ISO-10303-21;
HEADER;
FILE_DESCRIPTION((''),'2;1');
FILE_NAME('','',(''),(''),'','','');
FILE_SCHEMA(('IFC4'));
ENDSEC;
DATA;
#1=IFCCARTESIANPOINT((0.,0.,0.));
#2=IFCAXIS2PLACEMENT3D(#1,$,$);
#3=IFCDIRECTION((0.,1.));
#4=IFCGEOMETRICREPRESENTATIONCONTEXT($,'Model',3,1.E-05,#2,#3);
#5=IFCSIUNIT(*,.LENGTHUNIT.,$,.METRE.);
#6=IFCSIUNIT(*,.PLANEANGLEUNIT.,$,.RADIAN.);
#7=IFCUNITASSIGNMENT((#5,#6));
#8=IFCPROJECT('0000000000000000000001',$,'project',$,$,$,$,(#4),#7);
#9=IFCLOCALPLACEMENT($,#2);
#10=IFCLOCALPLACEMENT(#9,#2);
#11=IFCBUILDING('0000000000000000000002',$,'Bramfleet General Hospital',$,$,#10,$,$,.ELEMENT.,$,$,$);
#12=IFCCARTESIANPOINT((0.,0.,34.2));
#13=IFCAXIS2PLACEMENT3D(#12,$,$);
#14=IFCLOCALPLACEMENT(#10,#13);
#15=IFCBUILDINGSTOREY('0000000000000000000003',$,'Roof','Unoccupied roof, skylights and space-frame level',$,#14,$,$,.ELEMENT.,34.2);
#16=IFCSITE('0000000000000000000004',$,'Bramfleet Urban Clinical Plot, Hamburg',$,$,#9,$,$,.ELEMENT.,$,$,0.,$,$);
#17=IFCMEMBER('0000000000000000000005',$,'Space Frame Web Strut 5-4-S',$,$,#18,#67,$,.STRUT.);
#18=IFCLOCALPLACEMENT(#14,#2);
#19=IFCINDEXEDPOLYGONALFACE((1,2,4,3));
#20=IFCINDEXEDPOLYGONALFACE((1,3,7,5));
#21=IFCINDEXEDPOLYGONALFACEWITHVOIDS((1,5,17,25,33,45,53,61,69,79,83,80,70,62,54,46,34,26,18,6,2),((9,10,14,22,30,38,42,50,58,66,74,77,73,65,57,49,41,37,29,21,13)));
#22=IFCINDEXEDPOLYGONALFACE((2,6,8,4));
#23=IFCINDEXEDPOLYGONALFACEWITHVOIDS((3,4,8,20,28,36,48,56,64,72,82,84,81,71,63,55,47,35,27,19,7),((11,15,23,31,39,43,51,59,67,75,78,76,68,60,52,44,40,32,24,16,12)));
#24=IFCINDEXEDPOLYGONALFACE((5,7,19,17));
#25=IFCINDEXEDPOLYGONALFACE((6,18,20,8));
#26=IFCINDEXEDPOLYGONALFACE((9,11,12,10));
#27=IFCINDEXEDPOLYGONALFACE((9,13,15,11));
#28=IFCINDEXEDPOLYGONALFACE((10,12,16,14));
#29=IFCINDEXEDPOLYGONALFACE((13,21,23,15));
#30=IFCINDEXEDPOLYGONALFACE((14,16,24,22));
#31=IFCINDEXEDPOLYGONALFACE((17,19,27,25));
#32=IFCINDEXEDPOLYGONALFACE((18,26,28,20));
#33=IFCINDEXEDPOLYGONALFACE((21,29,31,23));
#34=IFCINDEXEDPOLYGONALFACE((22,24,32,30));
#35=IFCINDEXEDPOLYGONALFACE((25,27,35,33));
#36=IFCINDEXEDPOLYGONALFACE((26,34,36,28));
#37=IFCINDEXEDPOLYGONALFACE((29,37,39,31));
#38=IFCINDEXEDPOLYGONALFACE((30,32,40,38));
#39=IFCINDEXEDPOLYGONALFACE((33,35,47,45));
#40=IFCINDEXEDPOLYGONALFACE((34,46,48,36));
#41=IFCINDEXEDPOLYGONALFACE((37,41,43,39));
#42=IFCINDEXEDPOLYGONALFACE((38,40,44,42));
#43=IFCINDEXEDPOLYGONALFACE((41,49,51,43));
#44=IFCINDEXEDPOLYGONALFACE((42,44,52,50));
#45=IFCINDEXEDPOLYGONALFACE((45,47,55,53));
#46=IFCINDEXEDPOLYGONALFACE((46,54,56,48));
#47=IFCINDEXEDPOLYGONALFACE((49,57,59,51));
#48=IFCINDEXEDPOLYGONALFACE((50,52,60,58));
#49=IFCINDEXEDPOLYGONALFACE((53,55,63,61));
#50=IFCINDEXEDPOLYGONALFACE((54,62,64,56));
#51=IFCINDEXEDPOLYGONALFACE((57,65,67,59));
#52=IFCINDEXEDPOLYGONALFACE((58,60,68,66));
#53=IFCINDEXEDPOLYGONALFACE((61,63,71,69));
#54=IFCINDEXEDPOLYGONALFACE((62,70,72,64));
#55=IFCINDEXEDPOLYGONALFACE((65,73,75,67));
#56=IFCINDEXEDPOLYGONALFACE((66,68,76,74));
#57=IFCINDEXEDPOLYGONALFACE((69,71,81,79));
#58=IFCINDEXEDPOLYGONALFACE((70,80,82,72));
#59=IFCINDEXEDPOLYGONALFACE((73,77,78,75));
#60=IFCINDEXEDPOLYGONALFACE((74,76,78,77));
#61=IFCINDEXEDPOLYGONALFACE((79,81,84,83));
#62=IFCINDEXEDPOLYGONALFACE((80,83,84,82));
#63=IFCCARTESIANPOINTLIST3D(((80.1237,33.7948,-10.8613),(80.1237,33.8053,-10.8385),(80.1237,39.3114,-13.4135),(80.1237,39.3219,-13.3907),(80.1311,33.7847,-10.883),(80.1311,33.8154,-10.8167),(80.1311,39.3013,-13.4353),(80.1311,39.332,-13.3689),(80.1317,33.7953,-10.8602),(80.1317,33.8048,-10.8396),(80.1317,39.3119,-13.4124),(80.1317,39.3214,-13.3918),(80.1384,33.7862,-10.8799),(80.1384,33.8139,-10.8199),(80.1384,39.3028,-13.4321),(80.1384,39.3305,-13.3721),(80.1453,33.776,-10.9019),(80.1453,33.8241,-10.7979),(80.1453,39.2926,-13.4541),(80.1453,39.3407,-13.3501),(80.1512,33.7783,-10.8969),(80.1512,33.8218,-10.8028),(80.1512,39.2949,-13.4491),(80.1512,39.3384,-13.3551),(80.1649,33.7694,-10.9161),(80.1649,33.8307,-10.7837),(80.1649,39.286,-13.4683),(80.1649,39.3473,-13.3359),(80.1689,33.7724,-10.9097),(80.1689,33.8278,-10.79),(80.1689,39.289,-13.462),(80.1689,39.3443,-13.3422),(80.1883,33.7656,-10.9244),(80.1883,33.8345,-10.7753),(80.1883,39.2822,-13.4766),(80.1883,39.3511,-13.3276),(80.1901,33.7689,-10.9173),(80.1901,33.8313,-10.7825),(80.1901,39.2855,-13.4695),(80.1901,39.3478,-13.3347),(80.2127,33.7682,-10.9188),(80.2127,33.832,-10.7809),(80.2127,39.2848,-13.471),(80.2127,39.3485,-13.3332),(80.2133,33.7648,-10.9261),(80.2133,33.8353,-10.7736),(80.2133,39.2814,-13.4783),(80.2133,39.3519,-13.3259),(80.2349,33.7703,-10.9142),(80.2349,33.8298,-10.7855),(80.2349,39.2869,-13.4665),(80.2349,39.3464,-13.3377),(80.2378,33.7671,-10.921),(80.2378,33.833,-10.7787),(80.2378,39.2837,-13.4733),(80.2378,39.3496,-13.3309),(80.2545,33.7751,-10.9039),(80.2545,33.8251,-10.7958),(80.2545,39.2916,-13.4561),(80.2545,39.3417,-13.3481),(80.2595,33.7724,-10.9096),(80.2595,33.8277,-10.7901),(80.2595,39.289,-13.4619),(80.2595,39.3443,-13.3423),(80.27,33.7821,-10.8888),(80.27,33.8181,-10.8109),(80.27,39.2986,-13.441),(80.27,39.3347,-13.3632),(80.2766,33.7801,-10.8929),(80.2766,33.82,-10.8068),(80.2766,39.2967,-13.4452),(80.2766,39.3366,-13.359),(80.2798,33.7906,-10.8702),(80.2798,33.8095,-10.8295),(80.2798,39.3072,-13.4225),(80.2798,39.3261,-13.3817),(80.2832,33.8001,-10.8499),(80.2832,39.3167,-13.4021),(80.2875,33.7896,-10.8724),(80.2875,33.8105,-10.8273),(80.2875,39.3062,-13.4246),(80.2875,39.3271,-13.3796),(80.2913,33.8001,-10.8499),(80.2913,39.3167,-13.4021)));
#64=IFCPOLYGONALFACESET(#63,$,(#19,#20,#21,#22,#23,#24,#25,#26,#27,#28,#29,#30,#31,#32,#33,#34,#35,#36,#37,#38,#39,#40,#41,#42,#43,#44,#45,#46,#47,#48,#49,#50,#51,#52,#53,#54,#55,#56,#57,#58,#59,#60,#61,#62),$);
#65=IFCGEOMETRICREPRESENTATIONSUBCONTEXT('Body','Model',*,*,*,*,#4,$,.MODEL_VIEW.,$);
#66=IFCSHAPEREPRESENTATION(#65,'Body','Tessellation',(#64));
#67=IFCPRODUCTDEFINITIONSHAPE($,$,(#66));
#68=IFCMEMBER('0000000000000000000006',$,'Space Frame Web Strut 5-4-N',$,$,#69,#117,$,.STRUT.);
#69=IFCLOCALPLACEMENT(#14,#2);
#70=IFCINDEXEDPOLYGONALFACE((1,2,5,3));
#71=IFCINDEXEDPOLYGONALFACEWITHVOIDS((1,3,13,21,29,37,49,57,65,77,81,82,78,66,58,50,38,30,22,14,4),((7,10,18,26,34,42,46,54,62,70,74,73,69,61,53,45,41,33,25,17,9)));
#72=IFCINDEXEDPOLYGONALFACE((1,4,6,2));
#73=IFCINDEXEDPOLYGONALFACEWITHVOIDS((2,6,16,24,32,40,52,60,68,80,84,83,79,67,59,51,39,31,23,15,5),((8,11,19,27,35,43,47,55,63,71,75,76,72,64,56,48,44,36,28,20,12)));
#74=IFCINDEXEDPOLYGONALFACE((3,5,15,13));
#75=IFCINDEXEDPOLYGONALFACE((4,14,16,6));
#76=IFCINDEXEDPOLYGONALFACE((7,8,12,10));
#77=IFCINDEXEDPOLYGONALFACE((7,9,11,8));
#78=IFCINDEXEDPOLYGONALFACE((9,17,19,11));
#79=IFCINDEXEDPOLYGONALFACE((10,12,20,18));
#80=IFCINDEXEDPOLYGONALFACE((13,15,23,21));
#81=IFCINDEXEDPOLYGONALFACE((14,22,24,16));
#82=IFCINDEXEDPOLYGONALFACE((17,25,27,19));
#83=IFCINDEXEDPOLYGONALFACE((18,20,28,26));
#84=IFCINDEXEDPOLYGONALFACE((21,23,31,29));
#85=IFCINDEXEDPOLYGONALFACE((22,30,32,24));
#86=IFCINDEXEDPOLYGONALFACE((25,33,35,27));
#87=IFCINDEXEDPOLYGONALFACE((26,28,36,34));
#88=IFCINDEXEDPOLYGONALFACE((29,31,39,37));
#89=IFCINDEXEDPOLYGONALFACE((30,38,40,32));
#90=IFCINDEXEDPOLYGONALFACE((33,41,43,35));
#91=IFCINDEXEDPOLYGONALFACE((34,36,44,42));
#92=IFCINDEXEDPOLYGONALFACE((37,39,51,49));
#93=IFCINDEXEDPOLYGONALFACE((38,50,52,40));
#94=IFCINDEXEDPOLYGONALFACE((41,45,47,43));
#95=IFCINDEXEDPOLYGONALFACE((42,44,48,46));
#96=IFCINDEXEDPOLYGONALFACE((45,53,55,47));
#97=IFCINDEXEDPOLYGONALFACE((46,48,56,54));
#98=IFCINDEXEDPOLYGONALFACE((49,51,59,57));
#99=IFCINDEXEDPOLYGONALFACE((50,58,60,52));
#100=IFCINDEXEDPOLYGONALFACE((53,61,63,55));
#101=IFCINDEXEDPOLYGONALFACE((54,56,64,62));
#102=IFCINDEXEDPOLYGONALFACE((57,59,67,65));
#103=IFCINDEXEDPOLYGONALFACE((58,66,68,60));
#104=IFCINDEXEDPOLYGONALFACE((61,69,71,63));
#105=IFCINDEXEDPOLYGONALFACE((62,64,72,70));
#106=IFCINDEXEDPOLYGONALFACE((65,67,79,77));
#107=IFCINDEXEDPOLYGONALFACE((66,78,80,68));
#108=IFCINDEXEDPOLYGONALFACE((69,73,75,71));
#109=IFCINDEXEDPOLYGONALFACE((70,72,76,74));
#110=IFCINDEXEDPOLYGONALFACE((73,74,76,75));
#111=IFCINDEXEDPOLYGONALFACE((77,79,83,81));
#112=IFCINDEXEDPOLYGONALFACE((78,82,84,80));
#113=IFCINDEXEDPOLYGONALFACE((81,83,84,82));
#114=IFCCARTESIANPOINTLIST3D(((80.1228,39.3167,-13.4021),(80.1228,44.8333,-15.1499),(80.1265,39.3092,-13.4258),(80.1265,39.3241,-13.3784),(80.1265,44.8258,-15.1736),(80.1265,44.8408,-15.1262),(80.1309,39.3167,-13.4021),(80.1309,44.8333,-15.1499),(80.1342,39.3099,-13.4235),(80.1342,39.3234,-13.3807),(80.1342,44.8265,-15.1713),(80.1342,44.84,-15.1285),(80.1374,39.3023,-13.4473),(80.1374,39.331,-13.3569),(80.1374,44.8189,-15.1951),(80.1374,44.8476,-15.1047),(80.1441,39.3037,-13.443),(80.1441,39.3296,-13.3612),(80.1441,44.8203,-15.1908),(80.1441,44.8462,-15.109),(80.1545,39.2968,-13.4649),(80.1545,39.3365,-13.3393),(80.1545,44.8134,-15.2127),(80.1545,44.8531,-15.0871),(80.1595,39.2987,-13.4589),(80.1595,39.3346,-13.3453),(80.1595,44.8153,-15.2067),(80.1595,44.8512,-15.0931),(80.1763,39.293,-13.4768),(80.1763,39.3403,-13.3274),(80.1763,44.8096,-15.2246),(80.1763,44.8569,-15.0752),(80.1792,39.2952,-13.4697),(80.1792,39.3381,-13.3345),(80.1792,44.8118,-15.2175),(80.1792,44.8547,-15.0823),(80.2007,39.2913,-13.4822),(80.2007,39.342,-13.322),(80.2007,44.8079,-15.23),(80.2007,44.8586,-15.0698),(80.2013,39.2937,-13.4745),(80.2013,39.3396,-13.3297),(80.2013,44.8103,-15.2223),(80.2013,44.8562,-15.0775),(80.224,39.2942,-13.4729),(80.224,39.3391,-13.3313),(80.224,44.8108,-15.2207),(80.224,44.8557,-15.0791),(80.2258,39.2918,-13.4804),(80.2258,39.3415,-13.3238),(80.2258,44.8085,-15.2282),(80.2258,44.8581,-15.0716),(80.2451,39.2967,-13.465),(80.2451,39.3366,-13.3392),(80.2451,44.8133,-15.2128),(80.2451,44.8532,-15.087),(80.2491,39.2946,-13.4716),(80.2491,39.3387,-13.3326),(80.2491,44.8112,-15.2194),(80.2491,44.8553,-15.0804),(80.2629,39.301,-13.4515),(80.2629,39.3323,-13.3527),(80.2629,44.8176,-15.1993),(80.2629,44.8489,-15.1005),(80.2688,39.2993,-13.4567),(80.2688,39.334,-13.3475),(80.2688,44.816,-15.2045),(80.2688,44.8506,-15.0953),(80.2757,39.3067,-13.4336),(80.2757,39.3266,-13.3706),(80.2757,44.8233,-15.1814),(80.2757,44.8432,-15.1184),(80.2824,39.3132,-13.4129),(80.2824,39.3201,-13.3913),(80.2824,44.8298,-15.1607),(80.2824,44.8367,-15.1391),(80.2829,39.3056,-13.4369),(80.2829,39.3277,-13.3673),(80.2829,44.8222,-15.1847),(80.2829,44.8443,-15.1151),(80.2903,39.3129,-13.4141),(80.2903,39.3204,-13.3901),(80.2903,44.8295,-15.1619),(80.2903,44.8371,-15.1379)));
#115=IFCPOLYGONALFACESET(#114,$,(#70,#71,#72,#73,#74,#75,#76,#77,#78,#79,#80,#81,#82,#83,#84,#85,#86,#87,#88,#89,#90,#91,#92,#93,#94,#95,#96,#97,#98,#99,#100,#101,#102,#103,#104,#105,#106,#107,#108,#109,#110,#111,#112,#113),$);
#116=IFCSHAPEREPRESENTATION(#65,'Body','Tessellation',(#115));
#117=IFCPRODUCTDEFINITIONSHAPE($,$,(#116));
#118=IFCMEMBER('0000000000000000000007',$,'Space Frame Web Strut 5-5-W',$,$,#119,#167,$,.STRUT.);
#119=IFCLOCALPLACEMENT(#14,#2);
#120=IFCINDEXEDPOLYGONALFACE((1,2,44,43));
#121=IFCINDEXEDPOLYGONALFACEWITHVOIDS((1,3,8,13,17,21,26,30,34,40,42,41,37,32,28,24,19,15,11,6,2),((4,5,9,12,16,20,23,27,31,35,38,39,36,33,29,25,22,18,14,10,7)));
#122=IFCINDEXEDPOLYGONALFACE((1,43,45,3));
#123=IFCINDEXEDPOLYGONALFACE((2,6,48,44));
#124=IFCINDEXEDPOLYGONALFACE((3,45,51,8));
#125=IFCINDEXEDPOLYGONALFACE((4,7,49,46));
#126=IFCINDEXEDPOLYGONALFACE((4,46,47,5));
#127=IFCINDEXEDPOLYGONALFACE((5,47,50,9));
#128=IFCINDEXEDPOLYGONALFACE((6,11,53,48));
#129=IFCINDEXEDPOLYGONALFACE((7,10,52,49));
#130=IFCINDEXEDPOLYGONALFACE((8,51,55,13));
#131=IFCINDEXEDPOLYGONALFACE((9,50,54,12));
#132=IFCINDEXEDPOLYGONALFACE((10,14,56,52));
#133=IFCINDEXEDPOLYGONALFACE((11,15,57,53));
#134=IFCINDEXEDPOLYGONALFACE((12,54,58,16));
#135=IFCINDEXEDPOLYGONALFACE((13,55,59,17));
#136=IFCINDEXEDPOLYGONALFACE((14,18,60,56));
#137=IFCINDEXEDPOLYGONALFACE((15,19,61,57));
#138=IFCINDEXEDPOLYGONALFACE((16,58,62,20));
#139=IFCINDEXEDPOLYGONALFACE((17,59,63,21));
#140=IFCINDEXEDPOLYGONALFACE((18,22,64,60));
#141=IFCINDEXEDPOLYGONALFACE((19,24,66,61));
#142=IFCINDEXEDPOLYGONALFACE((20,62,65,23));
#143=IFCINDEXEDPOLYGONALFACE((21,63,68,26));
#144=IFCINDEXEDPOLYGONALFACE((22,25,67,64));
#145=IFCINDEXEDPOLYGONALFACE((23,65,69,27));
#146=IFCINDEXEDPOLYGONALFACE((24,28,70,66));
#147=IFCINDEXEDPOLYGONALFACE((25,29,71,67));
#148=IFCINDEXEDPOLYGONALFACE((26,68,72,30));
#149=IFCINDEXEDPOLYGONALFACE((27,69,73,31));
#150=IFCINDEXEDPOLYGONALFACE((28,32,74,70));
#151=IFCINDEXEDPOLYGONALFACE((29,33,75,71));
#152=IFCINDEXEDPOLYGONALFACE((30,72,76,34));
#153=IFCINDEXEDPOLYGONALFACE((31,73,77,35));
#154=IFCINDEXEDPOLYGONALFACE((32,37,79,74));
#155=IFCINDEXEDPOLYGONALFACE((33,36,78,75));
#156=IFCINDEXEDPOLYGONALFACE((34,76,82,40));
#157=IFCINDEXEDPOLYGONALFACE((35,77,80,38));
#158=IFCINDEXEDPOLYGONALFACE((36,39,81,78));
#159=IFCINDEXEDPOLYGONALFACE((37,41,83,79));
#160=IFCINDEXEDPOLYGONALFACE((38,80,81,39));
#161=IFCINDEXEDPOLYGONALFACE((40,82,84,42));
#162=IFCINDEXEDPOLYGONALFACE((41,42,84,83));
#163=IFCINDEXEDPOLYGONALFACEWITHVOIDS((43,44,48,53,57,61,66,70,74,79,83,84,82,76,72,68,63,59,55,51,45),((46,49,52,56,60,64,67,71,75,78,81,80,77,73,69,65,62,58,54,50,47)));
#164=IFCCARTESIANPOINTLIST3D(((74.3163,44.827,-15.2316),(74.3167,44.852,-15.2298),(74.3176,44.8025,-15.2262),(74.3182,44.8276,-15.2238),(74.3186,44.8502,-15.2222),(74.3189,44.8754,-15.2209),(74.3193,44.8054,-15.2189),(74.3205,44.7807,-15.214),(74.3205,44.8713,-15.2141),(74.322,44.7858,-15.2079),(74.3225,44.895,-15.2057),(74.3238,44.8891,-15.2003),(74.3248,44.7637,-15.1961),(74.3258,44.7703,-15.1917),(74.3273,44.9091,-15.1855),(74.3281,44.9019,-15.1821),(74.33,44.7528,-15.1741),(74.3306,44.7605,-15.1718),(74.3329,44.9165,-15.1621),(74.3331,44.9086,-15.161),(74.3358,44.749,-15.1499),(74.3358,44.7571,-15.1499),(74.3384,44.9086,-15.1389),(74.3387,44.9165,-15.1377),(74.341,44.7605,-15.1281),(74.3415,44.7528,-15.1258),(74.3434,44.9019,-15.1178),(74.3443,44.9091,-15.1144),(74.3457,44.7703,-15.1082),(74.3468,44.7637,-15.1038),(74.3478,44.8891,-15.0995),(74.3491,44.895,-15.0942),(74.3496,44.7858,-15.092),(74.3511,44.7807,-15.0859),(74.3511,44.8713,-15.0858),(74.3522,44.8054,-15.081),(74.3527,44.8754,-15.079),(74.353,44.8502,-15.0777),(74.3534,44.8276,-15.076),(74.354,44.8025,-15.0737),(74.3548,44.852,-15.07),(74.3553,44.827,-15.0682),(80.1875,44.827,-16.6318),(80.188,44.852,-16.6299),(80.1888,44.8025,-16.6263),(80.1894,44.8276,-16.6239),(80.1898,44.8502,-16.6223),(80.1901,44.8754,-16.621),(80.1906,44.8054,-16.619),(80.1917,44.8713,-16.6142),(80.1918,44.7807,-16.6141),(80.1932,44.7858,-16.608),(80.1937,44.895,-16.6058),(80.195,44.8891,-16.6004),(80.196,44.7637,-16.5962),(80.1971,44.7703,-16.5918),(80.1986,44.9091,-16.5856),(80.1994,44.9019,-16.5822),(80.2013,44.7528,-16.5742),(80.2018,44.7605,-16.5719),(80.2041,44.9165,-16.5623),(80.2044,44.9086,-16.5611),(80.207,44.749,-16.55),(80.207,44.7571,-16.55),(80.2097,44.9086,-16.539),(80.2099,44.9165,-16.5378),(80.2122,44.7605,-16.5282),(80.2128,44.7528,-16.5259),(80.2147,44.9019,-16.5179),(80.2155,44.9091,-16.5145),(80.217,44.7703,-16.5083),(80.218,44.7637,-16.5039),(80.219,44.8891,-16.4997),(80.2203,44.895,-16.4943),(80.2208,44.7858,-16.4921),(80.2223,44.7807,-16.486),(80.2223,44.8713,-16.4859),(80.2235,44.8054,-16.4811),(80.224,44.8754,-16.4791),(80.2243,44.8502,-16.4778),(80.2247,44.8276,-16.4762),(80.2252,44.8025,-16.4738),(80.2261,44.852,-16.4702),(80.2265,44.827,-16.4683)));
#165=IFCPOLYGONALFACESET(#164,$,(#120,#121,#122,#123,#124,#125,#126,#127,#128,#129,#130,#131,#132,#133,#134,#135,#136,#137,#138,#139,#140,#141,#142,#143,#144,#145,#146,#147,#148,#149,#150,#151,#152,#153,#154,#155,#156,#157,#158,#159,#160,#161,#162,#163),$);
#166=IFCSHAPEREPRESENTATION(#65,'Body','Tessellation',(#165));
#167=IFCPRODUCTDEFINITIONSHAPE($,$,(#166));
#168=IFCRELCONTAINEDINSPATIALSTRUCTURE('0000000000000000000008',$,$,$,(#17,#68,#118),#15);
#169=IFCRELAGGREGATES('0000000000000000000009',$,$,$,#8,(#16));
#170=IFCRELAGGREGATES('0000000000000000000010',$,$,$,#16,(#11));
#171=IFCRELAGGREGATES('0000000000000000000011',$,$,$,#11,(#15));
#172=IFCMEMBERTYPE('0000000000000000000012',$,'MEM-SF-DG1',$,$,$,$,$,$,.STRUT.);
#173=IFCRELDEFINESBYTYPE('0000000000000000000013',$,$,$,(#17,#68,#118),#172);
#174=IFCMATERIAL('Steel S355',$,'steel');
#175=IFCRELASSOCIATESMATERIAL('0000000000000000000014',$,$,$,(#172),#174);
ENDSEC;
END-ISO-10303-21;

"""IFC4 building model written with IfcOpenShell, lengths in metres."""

from ifc_helpers import new_model, si_unit, direction, frame, origin, origin_2d, place, context, subcontext, project, spatial, hollow_circle, extrude, material, material_profile, profile_set, type_object, element, save


model = new_model("IFC4")

# Units and contexts
model_context = context("Model", 3, precision=1e-05, world=origin(), true_north=direction((0.0, 1.0)))
body_context = subcontext(model_context, "Body", "Model", "MODEL_VIEW")
ifc_project = project(units=[si_unit("LENGTHUNIT", "METRE"), si_unit("PLANEANGLEUNIT", "RADIAN")], contexts=[model_context])

# Site, building, storey
site_placement = place(None, origin())
site = spatial("IfcSite", under=ifc_project, at=site_placement, Name="Bramfleet Urban Clinical Plot, Hamburg", CompositionType="ELEMENT", RefElevation=0.0)
building_placement = place(site_placement, origin())
building = spatial("IfcBuilding", under=site, at=building_placement, Name="Bramfleet General Hospital", CompositionType="ELEMENT")
storey_placement = place(building_placement, frame((0.0, 0.0, 34.2)))
storey = spatial("IfcBuildingStorey", under=building, at=storey_placement, Name="Roof", Description="Unoccupied roof, skylights and space-frame level", CompositionType="ELEMENT", Elevation=34.2)

# Members
ifc_material = material(Name="Steel S355", Category="steel")
ifc_material_profile_1 = material_profile(ifc_material, hollow_circle(Radius=0.0842, WallThickness=0.0081, at=origin_2d()), Name="CHS 168.3x8.0")
ifc_profile_set_1 = profile_set([ifc_material_profile_1], Name="Steel S355")
member_type_1 = type_object("IfcMemberType", Name="MEM-SF-DG1", PredefinedType="STRUT", material=ifc_profile_set_1)
member_1_placement = place(storey_placement, frame((80.207, 39.3167, -13.4021), z_axis=(0.0, -0.907576, 0.419888), x_axis=(1.0, 0.0, 0.0)))
element("IfcMember", 1, at=member_1_placement, inside=storey, type_object=member_type_1, Name="Space Frame Web Strut 5-4-S", PredefinedType="STRUT", context=body_context, shape_type="SweptSolid", body=[
    extrude(hollow_circle(Radius=0.0842, WallThickness=0.0081, at=origin_2d()), origin(), (0.0, 0.0, 1.0), 6.0784),
])
member_2_placement = place(storey_placement, frame((80.207, 39.3167, -13.4021), z_axis=(0.0, 0.953299, -0.30203), x_axis=(-1.0, 0.0, 0.0)))
element("IfcMember", 2, at=member_2_placement, inside=storey, type_object=member_type_1, Name="Space Frame Web Strut 5-4-N", PredefinedType="STRUT", context=body_context, shape_type="SweptSolid", body=[
    extrude(hollow_circle(Radius=0.0842, WallThickness=0.0081, at=origin_2d()), origin(), (0.0, 0.0, 1.0), 5.7869),
])
member_3_placement = place(storey_placement, frame((80.207, 44.8333, -16.55), z_axis=(-0.972724, 0.0, 0.231967), x_axis=(0.0, -1.0, 0.0)))
element("IfcMember", 3, at=member_3_placement, inside=storey, type_object=member_type_1, Name="Space Frame Web Strut 5-5-W", PredefinedType="STRUT", context=body_context, shape_type="SweptSolid", body=[
    extrude(hollow_circle(Radius=0.0842, WallThickness=0.0081, at=origin_2d()), origin(), (0.0, 0.0, 1.0), 6.0359),
])

save(model, "model.ifc")
